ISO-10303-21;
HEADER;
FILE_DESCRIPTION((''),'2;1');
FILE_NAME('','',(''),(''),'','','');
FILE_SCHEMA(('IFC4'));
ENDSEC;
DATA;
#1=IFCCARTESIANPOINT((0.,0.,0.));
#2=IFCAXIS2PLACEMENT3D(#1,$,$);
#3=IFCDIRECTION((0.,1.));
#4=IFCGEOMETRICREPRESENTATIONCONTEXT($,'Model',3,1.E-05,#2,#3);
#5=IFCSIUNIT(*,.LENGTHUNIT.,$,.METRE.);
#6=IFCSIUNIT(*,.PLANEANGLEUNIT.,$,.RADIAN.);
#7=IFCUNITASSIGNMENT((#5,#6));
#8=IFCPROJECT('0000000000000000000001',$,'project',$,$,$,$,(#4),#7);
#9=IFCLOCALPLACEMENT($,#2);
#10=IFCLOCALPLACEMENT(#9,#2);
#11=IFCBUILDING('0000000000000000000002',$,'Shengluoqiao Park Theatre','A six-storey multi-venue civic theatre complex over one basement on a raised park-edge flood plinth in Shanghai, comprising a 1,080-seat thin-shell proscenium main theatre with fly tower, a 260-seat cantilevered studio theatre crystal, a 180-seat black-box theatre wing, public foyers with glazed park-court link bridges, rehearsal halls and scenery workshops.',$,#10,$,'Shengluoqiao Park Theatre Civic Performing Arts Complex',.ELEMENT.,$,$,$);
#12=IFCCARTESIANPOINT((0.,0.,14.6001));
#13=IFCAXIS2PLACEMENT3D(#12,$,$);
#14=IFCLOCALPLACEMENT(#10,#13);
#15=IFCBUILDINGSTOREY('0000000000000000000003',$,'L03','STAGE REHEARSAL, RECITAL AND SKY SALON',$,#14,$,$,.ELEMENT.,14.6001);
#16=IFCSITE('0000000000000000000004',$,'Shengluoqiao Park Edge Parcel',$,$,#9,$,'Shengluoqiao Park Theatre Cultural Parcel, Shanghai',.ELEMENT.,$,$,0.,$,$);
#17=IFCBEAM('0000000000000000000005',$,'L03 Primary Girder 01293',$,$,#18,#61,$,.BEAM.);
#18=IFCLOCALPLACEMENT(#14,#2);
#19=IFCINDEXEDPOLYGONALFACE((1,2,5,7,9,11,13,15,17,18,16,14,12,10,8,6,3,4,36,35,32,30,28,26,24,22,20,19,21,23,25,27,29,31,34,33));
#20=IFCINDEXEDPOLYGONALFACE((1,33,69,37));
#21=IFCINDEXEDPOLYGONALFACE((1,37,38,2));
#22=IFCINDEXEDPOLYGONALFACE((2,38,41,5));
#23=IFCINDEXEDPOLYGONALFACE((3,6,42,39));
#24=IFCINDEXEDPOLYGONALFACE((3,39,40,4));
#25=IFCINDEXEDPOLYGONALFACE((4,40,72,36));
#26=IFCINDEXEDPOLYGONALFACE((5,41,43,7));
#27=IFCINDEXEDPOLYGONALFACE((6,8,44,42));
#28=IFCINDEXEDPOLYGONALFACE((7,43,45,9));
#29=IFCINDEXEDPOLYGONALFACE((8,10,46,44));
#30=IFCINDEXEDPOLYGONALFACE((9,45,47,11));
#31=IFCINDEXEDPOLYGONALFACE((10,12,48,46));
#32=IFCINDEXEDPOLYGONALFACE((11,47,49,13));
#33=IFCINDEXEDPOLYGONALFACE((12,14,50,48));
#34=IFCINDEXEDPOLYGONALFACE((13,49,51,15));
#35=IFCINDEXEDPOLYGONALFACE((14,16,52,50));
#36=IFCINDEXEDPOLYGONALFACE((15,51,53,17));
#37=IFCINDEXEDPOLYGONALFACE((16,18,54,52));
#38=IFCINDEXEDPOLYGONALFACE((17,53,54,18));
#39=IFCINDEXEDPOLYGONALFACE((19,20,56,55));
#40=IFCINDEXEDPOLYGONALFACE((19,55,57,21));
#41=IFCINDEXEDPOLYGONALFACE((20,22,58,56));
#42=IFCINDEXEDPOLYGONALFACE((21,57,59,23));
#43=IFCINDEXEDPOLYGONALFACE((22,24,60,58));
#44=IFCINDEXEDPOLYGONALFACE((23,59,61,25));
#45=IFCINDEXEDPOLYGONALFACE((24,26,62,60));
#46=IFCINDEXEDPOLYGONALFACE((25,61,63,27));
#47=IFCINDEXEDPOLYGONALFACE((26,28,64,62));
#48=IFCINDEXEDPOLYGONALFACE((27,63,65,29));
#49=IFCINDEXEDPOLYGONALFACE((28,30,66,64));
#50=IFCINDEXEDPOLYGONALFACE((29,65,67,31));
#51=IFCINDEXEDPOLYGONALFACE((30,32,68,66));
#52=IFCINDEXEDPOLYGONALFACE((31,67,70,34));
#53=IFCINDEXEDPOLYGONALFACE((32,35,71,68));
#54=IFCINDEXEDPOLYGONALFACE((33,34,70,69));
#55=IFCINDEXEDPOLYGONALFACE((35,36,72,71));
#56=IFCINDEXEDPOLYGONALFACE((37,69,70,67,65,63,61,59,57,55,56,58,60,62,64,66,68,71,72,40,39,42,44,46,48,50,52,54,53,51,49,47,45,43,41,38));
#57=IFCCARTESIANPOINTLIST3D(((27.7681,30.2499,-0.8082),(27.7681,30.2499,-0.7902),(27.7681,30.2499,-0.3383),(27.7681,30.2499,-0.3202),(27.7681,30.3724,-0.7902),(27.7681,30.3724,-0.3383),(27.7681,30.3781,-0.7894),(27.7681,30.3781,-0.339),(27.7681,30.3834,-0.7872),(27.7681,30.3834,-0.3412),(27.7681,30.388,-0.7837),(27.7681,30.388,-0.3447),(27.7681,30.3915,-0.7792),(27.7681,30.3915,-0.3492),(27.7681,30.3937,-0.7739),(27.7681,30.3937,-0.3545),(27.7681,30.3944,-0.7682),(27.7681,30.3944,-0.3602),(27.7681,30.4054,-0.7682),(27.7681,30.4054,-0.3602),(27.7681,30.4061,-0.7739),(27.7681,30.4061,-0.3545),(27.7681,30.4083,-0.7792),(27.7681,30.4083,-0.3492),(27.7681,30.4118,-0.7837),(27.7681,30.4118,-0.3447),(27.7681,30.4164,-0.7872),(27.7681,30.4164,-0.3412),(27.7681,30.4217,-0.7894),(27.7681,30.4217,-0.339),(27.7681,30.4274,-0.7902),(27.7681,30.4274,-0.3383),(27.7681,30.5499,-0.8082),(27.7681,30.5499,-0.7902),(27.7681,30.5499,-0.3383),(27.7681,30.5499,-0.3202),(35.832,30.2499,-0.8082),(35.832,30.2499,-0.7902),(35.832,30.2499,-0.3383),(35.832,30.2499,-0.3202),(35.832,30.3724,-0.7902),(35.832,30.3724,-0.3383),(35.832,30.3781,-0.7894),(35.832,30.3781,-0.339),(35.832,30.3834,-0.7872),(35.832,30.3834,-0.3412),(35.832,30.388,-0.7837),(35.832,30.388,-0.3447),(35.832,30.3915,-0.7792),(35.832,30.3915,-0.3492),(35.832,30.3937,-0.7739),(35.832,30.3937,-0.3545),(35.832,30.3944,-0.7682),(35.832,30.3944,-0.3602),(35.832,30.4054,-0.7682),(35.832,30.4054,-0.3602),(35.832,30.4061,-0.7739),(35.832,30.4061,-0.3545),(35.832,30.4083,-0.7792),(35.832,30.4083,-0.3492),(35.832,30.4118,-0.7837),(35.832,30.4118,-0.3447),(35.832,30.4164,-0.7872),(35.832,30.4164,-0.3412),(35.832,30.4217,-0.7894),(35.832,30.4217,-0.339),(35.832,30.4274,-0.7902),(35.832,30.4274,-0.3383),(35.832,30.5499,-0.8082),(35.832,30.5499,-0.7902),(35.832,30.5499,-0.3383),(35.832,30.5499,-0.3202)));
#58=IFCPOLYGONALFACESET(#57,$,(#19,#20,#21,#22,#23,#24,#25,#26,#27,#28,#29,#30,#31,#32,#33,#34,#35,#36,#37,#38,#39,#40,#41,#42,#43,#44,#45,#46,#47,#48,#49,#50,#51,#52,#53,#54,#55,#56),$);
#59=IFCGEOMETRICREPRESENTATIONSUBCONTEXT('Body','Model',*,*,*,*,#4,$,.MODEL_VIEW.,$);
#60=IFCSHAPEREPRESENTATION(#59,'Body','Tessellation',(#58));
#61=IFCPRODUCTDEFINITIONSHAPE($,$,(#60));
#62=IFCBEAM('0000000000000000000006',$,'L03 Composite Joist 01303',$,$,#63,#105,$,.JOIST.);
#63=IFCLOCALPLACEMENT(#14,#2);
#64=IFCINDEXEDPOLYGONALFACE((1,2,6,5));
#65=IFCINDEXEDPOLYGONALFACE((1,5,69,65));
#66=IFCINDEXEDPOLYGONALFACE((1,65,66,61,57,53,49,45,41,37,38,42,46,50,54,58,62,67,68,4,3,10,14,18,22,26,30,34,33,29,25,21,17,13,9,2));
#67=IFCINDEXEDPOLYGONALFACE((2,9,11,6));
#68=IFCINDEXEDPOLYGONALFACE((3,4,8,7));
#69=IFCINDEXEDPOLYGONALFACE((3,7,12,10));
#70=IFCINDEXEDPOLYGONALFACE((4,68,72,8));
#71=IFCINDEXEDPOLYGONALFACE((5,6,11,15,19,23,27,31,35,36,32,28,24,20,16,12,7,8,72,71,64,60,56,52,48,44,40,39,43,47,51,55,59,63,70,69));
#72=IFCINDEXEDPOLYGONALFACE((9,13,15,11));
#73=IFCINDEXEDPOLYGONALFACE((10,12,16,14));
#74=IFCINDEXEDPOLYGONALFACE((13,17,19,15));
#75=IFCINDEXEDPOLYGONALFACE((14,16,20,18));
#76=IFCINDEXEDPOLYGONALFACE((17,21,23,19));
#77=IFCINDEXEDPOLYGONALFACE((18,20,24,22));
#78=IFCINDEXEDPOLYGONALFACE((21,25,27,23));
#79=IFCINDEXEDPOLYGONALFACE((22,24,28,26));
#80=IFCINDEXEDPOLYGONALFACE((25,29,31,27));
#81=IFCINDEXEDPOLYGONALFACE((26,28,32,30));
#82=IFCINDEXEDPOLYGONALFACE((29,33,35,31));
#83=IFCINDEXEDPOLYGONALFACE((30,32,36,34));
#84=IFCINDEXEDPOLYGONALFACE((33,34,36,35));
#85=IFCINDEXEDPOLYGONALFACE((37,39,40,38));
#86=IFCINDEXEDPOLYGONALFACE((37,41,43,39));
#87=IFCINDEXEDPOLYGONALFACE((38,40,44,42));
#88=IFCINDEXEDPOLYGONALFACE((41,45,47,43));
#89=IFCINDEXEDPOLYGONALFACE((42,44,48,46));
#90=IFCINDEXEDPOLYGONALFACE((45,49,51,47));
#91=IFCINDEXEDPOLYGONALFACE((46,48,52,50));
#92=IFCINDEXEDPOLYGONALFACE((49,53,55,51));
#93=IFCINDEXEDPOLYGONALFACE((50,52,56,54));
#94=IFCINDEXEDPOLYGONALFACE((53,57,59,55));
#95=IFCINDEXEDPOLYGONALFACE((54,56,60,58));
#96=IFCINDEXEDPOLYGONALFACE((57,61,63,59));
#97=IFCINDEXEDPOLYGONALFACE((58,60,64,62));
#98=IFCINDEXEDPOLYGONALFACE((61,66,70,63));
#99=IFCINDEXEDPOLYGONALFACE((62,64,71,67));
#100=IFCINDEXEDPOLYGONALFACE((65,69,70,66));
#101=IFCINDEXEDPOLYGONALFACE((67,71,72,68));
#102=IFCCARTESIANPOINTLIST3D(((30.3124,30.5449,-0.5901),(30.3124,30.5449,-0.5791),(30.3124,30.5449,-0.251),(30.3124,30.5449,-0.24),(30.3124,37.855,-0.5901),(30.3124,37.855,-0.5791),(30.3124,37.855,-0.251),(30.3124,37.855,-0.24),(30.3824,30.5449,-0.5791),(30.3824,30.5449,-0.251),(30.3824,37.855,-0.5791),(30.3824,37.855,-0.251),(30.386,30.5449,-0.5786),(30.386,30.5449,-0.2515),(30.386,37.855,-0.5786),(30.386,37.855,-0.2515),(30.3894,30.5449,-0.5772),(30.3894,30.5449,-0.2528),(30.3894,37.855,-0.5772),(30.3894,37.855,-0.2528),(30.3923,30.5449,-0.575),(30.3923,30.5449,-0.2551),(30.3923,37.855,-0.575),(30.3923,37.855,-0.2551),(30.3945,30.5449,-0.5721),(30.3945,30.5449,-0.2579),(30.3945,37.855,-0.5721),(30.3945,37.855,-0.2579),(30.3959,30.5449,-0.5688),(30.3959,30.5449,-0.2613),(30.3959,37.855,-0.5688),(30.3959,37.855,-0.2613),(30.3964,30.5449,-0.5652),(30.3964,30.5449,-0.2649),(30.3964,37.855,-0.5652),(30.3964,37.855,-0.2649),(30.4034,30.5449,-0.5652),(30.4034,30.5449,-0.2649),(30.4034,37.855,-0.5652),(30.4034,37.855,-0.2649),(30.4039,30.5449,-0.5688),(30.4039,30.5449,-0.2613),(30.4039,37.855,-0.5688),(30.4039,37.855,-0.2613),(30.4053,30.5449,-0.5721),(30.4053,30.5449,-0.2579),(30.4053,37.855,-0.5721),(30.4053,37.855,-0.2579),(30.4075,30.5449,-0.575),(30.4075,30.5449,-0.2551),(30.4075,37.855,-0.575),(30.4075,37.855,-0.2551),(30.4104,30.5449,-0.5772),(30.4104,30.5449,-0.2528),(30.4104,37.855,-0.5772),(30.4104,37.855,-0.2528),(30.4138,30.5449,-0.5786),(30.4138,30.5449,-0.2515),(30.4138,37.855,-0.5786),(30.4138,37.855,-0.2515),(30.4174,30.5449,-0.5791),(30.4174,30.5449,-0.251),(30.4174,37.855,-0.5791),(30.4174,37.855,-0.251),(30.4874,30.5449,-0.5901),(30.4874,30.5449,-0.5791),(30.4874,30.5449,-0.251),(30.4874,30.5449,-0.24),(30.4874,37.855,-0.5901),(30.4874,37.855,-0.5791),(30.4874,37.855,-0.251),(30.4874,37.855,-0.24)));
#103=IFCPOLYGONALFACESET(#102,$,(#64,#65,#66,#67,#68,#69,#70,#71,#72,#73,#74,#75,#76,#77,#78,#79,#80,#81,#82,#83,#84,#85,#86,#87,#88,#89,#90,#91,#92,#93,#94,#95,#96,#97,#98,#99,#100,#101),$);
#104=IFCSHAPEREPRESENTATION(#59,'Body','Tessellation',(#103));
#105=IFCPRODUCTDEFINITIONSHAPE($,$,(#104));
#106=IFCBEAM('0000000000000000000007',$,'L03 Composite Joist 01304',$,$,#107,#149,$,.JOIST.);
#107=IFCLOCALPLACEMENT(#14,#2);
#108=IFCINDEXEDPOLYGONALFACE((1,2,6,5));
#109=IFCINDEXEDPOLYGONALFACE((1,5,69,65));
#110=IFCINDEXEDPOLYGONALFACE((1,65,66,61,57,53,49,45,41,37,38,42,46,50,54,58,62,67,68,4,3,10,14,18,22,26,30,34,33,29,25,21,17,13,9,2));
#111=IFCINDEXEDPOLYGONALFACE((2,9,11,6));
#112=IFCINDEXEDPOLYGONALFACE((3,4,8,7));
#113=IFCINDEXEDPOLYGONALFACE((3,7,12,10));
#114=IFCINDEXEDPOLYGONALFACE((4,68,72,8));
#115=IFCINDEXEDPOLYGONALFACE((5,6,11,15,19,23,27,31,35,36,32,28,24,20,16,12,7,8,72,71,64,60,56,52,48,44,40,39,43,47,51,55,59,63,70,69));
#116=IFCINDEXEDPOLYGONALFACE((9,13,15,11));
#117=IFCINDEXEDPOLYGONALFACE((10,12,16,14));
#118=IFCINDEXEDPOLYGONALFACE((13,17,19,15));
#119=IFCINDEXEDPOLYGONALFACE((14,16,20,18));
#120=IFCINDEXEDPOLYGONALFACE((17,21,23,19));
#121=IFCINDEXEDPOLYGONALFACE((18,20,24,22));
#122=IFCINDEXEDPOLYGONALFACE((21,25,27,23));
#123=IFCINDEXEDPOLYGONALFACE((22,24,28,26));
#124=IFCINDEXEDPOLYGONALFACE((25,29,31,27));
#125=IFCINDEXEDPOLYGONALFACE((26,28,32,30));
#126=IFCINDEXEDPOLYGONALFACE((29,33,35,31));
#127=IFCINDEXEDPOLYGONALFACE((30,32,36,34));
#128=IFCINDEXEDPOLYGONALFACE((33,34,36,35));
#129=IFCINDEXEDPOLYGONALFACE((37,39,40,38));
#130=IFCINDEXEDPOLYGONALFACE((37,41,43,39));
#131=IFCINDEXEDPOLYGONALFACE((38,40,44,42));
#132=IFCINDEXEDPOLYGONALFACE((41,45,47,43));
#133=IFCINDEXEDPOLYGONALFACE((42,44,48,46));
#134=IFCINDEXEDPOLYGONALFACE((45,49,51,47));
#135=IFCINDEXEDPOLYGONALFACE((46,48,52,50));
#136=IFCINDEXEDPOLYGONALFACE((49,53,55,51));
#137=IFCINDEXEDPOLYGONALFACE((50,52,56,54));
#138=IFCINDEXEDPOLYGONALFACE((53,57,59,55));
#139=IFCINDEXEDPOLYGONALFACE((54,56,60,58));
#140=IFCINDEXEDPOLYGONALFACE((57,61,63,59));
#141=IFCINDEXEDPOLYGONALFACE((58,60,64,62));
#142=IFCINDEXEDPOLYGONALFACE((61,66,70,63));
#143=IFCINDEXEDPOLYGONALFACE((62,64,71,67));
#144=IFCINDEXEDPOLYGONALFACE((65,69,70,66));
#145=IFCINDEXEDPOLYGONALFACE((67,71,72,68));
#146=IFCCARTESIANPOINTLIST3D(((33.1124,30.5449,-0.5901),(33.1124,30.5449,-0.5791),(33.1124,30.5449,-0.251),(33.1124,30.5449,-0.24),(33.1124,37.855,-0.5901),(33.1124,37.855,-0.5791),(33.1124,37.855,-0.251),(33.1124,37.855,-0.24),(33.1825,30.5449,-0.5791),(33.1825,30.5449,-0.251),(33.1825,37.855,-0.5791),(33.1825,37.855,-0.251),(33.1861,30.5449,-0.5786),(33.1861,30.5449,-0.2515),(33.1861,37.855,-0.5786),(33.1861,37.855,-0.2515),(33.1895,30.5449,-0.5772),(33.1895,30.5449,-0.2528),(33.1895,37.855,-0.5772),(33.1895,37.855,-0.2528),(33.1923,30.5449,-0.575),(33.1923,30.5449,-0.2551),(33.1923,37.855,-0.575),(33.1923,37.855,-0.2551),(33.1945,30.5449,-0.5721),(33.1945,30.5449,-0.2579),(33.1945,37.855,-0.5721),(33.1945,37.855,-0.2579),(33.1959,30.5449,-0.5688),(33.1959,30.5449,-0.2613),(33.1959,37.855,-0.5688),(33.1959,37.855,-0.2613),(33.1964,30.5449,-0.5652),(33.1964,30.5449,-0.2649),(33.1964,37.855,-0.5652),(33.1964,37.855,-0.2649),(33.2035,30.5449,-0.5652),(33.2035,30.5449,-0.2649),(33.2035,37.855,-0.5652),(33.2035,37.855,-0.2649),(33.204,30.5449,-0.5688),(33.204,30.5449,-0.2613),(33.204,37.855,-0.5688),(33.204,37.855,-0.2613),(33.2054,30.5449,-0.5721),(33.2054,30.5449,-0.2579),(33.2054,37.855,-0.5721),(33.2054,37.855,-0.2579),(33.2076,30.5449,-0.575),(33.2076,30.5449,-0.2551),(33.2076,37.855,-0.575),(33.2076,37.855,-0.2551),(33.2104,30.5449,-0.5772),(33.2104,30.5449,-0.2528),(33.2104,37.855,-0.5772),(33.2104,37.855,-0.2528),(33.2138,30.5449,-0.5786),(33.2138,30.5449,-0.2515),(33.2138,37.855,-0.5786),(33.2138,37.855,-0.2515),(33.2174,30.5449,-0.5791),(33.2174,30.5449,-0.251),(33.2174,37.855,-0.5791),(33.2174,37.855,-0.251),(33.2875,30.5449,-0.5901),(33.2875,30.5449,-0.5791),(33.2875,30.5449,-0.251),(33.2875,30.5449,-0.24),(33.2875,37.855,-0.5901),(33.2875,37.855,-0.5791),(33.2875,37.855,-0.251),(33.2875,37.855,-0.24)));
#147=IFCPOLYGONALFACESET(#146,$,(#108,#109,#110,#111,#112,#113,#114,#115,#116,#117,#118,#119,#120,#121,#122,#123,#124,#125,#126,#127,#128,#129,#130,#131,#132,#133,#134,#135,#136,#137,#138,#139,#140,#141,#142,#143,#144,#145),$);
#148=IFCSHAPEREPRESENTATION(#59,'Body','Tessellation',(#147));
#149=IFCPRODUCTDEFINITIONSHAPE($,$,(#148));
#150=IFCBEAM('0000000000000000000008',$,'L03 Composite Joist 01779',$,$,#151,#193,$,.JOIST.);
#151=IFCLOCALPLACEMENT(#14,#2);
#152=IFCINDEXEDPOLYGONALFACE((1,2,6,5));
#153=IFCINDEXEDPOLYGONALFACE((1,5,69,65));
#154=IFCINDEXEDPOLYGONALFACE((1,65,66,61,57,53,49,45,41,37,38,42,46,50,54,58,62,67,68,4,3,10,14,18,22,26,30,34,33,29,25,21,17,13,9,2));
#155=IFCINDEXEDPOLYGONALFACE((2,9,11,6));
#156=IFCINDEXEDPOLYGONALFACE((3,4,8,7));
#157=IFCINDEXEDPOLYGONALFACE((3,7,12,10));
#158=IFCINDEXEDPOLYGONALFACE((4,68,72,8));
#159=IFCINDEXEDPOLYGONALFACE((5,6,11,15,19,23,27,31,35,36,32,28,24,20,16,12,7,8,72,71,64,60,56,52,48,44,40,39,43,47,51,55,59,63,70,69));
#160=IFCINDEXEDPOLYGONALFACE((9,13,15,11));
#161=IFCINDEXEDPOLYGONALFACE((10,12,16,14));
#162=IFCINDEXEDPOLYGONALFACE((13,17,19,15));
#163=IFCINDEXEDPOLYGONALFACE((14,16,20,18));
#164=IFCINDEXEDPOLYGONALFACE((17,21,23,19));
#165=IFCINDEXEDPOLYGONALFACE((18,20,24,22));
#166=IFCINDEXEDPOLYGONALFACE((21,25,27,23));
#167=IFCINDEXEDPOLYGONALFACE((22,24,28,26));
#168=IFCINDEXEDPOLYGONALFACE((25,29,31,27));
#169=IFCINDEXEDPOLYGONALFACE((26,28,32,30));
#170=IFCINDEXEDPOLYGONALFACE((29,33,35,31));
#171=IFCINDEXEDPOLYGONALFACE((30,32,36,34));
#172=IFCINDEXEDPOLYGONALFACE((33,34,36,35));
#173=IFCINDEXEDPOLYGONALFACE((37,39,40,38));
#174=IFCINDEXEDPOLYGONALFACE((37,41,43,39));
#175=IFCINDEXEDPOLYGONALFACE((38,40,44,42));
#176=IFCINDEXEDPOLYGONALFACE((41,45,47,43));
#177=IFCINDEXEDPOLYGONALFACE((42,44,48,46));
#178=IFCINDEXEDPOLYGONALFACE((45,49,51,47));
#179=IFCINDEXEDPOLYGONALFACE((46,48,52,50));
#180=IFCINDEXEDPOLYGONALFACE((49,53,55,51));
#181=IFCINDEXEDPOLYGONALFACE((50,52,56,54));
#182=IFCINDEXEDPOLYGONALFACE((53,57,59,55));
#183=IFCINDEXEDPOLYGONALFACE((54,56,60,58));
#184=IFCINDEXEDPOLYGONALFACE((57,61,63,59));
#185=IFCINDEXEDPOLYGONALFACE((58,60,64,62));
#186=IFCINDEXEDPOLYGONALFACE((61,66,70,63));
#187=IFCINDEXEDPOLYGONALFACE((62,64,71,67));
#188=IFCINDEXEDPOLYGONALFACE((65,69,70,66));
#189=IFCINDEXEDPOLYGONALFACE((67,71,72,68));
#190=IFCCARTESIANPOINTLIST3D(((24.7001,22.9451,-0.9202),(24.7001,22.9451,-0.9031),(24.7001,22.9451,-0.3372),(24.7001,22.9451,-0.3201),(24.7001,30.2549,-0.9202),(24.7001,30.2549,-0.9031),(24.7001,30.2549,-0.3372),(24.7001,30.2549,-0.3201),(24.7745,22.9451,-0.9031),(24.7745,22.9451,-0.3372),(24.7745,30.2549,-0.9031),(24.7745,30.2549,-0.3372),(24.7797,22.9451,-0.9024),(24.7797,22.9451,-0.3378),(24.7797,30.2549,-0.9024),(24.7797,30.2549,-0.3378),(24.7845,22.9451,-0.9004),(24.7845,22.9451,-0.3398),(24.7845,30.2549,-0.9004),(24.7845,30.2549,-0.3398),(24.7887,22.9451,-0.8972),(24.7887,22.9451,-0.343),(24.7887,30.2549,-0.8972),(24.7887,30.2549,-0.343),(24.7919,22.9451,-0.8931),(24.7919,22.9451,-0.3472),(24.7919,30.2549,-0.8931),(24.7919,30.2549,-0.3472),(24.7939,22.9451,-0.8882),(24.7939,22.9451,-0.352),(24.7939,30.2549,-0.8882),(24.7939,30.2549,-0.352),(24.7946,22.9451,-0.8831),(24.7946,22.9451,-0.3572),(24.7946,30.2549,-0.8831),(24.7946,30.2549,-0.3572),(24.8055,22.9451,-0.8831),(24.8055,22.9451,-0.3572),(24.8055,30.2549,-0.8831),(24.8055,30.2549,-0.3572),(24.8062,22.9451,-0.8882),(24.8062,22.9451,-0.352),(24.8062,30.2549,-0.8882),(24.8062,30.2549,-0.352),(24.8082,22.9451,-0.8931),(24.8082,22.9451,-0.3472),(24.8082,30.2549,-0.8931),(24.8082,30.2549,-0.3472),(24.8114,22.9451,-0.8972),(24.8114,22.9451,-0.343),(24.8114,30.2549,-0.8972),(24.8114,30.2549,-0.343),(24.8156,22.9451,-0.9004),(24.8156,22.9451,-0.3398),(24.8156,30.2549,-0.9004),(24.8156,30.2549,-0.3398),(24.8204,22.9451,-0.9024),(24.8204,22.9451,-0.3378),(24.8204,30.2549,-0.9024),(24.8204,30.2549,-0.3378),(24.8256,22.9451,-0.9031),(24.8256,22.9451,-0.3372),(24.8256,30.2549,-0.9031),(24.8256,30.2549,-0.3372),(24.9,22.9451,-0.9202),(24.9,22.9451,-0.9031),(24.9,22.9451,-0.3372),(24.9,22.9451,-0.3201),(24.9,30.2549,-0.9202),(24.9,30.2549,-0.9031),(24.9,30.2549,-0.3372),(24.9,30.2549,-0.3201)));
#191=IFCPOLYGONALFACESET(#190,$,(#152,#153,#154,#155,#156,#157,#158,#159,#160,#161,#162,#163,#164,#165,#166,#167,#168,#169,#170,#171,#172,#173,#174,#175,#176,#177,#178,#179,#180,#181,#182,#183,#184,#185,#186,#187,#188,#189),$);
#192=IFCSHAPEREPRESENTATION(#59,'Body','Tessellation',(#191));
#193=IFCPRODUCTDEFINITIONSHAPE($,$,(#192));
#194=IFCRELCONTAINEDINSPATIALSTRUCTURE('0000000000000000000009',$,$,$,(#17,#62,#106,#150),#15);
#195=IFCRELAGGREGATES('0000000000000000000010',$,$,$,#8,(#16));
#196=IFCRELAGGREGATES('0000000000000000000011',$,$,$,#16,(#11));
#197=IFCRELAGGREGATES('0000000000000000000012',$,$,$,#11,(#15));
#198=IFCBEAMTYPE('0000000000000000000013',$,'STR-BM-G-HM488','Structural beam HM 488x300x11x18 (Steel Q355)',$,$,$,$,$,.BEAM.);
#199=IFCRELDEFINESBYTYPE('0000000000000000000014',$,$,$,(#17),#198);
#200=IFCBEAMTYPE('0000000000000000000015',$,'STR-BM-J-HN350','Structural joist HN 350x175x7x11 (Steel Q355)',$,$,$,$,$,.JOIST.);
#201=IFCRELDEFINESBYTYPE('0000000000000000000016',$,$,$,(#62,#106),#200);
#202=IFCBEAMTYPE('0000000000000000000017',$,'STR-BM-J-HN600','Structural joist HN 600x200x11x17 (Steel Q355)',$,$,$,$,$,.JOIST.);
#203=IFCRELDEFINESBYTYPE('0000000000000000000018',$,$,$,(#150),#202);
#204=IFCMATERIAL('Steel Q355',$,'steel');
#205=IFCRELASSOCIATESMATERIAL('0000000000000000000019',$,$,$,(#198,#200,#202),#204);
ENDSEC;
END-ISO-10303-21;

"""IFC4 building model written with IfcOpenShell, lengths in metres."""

from ifc_helpers import new_model, si_unit, direction, frame, origin, origin_2d, place, context, subcontext, project, spatial, i_section, extrude, material, material_profile, profile_set, type_object, element, save


model = new_model("IFC4")

# Units and contexts
model_context = context("Model", 3, precision=1e-05, world=origin(), true_north=direction((0.0, 1.0)))
body_context = subcontext(model_context, "Body", "Model", "MODEL_VIEW")
ifc_project = project(units=[si_unit("LENGTHUNIT", "METRE"), si_unit("PLANEANGLEUNIT", "RADIAN")], contexts=[model_context])

# Site, building, storey
site_placement = place(None, origin())
site = spatial("IfcSite", under=ifc_project, at=site_placement, Name="Shengluoqiao Park Edge Parcel", LongName="Shengluoqiao Park Theatre Cultural Parcel, Shanghai", CompositionType="ELEMENT", RefElevation=0.0)
building_placement = place(site_placement, origin())
building = spatial("IfcBuilding", under=site, at=building_placement, Name="Shengluoqiao Park Theatre", Description="A six-storey multi-venue civic theatre complex over one basement on a raised park-edge flood plinth in Shanghai, comprising a 1,080-seat thin-shell proscenium main theatre with fly tower, a 260-seat cantilevered studio theatre crystal, a 180-seat black-box theatre wing, public foyers with glazed park-court link bridges, rehearsal halls and scenery workshops.", LongName="Shengluoqiao Park Theatre Civic Performing Arts Complex", CompositionType="ELEMENT")
storey_placement = place(building_placement, frame((0.0, 0.0, 14.6001)))
storey = spatial("IfcBuildingStorey", under=building, at=storey_placement, Name="L03", Description="STAGE REHEARSAL, RECITAL AND SKY SALON", CompositionType="ELEMENT", Elevation=14.6001)

# Shared definitions
ifc_material_1 = material(Name="Steel Q355", Category="steel")

# Beams
ifc_material_profile_1 = material_profile(ifc_material_1, i_section(OverallWidth=0.3, OverallDepth=0.488, WebThickness=0.011, FlangeThickness=0.0181, FilletRadius=0.022, at=origin_2d()), Name="HM 488x300x11x18")
ifc_profile_set_1 = profile_set([ifc_material_profile_1], Name="Steel Q355")
beam_type_1 = type_object("IfcBeamType", Name="STR-BM-G-HM488", Description="Structural beam HM 488x300x11x18 (Steel Q355)", PredefinedType="BEAM", material=ifc_profile_set_1)
beam_1_placement = place(storey_placement, frame((27.7681, 30.3999, -0.5642), z_axis=(1.0, 0.0, 0.0), x_axis=(0.0, 1.0, 0.0)))
element("IfcBeam", 1, at=beam_1_placement, inside=storey, type_object=beam_type_1, Name="L03 Primary Girder 01293", PredefinedType="BEAM", context=body_context, shape_type="SweptSolid", body=[
    extrude(i_section(OverallWidth=0.3, OverallDepth=0.488, WebThickness=0.011, FlangeThickness=0.0181, FilletRadius=0.022, at=origin_2d()), origin(), (0.0, 0.0, 1.0), 8.064),
])
ifc_material_profile_2 = material_profile(ifc_material_1, i_section(OverallWidth=0.175, OverallDepth=0.3501, WebThickness=0.0071, FlangeThickness=0.011, FilletRadius=0.0139, at=origin_2d()), Name="HN 350x175x7x11")
ifc_profile_set_2 = profile_set([ifc_material_profile_2], Name="Steel Q355")
beam_type_2 = type_object("IfcBeamType", Name="STR-BM-J-HN350", Description="Structural joist HN 350x175x7x11 (Steel Q355)", PredefinedType="JOIST", material=ifc_profile_set_2)
for number, where, z_axis, x_axis, name in (
    (2, (30.3999, 30.5449, -0.415), (0.0, 1.0, 0.0), (-1.0, 0.0, 0.0), "L03 Composite Joist 01303"),
    (3, (33.2, 30.5449, -0.415), (0.0, 1.0, 0.0), (-1.0, 0.0, 0.0), "L03 Composite Joist 01304"),
):
    element("IfcBeam", number, at=place(storey_placement, frame(where, z_axis=z_axis, x_axis=x_axis)), inside=storey, type_object=beam_type_2, Name=name, PredefinedType="JOIST", context=body_context, shape_type="SweptSolid", body=[
        extrude(i_section(OverallWidth=0.175, OverallDepth=0.3501, WebThickness=0.0071, FlangeThickness=0.011, FilletRadius=0.0139, at=origin_2d()), origin(), (0.0, 0.0, 1.0), 7.3101),
    ])
ifc_material_profile_3 = material_profile(ifc_material_1, i_section(OverallWidth=0.2, OverallDepth=0.6001, WebThickness=0.011, FlangeThickness=0.0171, FilletRadius=0.02, at=origin_2d()), Name="HN 600x200x11x17")
ifc_profile_set_3 = profile_set([ifc_material_profile_3], Name="Steel Q355")
beam_type_3 = type_object("IfcBeamType", Name="STR-BM-J-HN600", Description="Structural joist HN 600x200x11x17 (Steel Q355)", PredefinedType="JOIST", material=ifc_profile_set_3)
for number, where, z_axis, x_axis, name in (
    (4, (24.8, 22.9451, -0.6201), (0.0, 1.0, 0.0), (-1.0, 0.0, 0.0), "L03 Composite Joist 01779"),
):
    element("IfcBeam", number, at=place(storey_placement, frame(where, z_axis=z_axis, x_axis=x_axis)), inside=storey, type_object=beam_type_3, Name=name, PredefinedType="JOIST", context=body_context, shape_type="SweptSolid", body=[
        extrude(i_section(OverallWidth=0.2, OverallDepth=0.6001, WebThickness=0.011, FlangeThickness=0.0171, FilletRadius=0.02, at=origin_2d()), origin(), (0.0, 0.0, 1.0), 7.3098),
    ])

save(model, "model.ifc")
